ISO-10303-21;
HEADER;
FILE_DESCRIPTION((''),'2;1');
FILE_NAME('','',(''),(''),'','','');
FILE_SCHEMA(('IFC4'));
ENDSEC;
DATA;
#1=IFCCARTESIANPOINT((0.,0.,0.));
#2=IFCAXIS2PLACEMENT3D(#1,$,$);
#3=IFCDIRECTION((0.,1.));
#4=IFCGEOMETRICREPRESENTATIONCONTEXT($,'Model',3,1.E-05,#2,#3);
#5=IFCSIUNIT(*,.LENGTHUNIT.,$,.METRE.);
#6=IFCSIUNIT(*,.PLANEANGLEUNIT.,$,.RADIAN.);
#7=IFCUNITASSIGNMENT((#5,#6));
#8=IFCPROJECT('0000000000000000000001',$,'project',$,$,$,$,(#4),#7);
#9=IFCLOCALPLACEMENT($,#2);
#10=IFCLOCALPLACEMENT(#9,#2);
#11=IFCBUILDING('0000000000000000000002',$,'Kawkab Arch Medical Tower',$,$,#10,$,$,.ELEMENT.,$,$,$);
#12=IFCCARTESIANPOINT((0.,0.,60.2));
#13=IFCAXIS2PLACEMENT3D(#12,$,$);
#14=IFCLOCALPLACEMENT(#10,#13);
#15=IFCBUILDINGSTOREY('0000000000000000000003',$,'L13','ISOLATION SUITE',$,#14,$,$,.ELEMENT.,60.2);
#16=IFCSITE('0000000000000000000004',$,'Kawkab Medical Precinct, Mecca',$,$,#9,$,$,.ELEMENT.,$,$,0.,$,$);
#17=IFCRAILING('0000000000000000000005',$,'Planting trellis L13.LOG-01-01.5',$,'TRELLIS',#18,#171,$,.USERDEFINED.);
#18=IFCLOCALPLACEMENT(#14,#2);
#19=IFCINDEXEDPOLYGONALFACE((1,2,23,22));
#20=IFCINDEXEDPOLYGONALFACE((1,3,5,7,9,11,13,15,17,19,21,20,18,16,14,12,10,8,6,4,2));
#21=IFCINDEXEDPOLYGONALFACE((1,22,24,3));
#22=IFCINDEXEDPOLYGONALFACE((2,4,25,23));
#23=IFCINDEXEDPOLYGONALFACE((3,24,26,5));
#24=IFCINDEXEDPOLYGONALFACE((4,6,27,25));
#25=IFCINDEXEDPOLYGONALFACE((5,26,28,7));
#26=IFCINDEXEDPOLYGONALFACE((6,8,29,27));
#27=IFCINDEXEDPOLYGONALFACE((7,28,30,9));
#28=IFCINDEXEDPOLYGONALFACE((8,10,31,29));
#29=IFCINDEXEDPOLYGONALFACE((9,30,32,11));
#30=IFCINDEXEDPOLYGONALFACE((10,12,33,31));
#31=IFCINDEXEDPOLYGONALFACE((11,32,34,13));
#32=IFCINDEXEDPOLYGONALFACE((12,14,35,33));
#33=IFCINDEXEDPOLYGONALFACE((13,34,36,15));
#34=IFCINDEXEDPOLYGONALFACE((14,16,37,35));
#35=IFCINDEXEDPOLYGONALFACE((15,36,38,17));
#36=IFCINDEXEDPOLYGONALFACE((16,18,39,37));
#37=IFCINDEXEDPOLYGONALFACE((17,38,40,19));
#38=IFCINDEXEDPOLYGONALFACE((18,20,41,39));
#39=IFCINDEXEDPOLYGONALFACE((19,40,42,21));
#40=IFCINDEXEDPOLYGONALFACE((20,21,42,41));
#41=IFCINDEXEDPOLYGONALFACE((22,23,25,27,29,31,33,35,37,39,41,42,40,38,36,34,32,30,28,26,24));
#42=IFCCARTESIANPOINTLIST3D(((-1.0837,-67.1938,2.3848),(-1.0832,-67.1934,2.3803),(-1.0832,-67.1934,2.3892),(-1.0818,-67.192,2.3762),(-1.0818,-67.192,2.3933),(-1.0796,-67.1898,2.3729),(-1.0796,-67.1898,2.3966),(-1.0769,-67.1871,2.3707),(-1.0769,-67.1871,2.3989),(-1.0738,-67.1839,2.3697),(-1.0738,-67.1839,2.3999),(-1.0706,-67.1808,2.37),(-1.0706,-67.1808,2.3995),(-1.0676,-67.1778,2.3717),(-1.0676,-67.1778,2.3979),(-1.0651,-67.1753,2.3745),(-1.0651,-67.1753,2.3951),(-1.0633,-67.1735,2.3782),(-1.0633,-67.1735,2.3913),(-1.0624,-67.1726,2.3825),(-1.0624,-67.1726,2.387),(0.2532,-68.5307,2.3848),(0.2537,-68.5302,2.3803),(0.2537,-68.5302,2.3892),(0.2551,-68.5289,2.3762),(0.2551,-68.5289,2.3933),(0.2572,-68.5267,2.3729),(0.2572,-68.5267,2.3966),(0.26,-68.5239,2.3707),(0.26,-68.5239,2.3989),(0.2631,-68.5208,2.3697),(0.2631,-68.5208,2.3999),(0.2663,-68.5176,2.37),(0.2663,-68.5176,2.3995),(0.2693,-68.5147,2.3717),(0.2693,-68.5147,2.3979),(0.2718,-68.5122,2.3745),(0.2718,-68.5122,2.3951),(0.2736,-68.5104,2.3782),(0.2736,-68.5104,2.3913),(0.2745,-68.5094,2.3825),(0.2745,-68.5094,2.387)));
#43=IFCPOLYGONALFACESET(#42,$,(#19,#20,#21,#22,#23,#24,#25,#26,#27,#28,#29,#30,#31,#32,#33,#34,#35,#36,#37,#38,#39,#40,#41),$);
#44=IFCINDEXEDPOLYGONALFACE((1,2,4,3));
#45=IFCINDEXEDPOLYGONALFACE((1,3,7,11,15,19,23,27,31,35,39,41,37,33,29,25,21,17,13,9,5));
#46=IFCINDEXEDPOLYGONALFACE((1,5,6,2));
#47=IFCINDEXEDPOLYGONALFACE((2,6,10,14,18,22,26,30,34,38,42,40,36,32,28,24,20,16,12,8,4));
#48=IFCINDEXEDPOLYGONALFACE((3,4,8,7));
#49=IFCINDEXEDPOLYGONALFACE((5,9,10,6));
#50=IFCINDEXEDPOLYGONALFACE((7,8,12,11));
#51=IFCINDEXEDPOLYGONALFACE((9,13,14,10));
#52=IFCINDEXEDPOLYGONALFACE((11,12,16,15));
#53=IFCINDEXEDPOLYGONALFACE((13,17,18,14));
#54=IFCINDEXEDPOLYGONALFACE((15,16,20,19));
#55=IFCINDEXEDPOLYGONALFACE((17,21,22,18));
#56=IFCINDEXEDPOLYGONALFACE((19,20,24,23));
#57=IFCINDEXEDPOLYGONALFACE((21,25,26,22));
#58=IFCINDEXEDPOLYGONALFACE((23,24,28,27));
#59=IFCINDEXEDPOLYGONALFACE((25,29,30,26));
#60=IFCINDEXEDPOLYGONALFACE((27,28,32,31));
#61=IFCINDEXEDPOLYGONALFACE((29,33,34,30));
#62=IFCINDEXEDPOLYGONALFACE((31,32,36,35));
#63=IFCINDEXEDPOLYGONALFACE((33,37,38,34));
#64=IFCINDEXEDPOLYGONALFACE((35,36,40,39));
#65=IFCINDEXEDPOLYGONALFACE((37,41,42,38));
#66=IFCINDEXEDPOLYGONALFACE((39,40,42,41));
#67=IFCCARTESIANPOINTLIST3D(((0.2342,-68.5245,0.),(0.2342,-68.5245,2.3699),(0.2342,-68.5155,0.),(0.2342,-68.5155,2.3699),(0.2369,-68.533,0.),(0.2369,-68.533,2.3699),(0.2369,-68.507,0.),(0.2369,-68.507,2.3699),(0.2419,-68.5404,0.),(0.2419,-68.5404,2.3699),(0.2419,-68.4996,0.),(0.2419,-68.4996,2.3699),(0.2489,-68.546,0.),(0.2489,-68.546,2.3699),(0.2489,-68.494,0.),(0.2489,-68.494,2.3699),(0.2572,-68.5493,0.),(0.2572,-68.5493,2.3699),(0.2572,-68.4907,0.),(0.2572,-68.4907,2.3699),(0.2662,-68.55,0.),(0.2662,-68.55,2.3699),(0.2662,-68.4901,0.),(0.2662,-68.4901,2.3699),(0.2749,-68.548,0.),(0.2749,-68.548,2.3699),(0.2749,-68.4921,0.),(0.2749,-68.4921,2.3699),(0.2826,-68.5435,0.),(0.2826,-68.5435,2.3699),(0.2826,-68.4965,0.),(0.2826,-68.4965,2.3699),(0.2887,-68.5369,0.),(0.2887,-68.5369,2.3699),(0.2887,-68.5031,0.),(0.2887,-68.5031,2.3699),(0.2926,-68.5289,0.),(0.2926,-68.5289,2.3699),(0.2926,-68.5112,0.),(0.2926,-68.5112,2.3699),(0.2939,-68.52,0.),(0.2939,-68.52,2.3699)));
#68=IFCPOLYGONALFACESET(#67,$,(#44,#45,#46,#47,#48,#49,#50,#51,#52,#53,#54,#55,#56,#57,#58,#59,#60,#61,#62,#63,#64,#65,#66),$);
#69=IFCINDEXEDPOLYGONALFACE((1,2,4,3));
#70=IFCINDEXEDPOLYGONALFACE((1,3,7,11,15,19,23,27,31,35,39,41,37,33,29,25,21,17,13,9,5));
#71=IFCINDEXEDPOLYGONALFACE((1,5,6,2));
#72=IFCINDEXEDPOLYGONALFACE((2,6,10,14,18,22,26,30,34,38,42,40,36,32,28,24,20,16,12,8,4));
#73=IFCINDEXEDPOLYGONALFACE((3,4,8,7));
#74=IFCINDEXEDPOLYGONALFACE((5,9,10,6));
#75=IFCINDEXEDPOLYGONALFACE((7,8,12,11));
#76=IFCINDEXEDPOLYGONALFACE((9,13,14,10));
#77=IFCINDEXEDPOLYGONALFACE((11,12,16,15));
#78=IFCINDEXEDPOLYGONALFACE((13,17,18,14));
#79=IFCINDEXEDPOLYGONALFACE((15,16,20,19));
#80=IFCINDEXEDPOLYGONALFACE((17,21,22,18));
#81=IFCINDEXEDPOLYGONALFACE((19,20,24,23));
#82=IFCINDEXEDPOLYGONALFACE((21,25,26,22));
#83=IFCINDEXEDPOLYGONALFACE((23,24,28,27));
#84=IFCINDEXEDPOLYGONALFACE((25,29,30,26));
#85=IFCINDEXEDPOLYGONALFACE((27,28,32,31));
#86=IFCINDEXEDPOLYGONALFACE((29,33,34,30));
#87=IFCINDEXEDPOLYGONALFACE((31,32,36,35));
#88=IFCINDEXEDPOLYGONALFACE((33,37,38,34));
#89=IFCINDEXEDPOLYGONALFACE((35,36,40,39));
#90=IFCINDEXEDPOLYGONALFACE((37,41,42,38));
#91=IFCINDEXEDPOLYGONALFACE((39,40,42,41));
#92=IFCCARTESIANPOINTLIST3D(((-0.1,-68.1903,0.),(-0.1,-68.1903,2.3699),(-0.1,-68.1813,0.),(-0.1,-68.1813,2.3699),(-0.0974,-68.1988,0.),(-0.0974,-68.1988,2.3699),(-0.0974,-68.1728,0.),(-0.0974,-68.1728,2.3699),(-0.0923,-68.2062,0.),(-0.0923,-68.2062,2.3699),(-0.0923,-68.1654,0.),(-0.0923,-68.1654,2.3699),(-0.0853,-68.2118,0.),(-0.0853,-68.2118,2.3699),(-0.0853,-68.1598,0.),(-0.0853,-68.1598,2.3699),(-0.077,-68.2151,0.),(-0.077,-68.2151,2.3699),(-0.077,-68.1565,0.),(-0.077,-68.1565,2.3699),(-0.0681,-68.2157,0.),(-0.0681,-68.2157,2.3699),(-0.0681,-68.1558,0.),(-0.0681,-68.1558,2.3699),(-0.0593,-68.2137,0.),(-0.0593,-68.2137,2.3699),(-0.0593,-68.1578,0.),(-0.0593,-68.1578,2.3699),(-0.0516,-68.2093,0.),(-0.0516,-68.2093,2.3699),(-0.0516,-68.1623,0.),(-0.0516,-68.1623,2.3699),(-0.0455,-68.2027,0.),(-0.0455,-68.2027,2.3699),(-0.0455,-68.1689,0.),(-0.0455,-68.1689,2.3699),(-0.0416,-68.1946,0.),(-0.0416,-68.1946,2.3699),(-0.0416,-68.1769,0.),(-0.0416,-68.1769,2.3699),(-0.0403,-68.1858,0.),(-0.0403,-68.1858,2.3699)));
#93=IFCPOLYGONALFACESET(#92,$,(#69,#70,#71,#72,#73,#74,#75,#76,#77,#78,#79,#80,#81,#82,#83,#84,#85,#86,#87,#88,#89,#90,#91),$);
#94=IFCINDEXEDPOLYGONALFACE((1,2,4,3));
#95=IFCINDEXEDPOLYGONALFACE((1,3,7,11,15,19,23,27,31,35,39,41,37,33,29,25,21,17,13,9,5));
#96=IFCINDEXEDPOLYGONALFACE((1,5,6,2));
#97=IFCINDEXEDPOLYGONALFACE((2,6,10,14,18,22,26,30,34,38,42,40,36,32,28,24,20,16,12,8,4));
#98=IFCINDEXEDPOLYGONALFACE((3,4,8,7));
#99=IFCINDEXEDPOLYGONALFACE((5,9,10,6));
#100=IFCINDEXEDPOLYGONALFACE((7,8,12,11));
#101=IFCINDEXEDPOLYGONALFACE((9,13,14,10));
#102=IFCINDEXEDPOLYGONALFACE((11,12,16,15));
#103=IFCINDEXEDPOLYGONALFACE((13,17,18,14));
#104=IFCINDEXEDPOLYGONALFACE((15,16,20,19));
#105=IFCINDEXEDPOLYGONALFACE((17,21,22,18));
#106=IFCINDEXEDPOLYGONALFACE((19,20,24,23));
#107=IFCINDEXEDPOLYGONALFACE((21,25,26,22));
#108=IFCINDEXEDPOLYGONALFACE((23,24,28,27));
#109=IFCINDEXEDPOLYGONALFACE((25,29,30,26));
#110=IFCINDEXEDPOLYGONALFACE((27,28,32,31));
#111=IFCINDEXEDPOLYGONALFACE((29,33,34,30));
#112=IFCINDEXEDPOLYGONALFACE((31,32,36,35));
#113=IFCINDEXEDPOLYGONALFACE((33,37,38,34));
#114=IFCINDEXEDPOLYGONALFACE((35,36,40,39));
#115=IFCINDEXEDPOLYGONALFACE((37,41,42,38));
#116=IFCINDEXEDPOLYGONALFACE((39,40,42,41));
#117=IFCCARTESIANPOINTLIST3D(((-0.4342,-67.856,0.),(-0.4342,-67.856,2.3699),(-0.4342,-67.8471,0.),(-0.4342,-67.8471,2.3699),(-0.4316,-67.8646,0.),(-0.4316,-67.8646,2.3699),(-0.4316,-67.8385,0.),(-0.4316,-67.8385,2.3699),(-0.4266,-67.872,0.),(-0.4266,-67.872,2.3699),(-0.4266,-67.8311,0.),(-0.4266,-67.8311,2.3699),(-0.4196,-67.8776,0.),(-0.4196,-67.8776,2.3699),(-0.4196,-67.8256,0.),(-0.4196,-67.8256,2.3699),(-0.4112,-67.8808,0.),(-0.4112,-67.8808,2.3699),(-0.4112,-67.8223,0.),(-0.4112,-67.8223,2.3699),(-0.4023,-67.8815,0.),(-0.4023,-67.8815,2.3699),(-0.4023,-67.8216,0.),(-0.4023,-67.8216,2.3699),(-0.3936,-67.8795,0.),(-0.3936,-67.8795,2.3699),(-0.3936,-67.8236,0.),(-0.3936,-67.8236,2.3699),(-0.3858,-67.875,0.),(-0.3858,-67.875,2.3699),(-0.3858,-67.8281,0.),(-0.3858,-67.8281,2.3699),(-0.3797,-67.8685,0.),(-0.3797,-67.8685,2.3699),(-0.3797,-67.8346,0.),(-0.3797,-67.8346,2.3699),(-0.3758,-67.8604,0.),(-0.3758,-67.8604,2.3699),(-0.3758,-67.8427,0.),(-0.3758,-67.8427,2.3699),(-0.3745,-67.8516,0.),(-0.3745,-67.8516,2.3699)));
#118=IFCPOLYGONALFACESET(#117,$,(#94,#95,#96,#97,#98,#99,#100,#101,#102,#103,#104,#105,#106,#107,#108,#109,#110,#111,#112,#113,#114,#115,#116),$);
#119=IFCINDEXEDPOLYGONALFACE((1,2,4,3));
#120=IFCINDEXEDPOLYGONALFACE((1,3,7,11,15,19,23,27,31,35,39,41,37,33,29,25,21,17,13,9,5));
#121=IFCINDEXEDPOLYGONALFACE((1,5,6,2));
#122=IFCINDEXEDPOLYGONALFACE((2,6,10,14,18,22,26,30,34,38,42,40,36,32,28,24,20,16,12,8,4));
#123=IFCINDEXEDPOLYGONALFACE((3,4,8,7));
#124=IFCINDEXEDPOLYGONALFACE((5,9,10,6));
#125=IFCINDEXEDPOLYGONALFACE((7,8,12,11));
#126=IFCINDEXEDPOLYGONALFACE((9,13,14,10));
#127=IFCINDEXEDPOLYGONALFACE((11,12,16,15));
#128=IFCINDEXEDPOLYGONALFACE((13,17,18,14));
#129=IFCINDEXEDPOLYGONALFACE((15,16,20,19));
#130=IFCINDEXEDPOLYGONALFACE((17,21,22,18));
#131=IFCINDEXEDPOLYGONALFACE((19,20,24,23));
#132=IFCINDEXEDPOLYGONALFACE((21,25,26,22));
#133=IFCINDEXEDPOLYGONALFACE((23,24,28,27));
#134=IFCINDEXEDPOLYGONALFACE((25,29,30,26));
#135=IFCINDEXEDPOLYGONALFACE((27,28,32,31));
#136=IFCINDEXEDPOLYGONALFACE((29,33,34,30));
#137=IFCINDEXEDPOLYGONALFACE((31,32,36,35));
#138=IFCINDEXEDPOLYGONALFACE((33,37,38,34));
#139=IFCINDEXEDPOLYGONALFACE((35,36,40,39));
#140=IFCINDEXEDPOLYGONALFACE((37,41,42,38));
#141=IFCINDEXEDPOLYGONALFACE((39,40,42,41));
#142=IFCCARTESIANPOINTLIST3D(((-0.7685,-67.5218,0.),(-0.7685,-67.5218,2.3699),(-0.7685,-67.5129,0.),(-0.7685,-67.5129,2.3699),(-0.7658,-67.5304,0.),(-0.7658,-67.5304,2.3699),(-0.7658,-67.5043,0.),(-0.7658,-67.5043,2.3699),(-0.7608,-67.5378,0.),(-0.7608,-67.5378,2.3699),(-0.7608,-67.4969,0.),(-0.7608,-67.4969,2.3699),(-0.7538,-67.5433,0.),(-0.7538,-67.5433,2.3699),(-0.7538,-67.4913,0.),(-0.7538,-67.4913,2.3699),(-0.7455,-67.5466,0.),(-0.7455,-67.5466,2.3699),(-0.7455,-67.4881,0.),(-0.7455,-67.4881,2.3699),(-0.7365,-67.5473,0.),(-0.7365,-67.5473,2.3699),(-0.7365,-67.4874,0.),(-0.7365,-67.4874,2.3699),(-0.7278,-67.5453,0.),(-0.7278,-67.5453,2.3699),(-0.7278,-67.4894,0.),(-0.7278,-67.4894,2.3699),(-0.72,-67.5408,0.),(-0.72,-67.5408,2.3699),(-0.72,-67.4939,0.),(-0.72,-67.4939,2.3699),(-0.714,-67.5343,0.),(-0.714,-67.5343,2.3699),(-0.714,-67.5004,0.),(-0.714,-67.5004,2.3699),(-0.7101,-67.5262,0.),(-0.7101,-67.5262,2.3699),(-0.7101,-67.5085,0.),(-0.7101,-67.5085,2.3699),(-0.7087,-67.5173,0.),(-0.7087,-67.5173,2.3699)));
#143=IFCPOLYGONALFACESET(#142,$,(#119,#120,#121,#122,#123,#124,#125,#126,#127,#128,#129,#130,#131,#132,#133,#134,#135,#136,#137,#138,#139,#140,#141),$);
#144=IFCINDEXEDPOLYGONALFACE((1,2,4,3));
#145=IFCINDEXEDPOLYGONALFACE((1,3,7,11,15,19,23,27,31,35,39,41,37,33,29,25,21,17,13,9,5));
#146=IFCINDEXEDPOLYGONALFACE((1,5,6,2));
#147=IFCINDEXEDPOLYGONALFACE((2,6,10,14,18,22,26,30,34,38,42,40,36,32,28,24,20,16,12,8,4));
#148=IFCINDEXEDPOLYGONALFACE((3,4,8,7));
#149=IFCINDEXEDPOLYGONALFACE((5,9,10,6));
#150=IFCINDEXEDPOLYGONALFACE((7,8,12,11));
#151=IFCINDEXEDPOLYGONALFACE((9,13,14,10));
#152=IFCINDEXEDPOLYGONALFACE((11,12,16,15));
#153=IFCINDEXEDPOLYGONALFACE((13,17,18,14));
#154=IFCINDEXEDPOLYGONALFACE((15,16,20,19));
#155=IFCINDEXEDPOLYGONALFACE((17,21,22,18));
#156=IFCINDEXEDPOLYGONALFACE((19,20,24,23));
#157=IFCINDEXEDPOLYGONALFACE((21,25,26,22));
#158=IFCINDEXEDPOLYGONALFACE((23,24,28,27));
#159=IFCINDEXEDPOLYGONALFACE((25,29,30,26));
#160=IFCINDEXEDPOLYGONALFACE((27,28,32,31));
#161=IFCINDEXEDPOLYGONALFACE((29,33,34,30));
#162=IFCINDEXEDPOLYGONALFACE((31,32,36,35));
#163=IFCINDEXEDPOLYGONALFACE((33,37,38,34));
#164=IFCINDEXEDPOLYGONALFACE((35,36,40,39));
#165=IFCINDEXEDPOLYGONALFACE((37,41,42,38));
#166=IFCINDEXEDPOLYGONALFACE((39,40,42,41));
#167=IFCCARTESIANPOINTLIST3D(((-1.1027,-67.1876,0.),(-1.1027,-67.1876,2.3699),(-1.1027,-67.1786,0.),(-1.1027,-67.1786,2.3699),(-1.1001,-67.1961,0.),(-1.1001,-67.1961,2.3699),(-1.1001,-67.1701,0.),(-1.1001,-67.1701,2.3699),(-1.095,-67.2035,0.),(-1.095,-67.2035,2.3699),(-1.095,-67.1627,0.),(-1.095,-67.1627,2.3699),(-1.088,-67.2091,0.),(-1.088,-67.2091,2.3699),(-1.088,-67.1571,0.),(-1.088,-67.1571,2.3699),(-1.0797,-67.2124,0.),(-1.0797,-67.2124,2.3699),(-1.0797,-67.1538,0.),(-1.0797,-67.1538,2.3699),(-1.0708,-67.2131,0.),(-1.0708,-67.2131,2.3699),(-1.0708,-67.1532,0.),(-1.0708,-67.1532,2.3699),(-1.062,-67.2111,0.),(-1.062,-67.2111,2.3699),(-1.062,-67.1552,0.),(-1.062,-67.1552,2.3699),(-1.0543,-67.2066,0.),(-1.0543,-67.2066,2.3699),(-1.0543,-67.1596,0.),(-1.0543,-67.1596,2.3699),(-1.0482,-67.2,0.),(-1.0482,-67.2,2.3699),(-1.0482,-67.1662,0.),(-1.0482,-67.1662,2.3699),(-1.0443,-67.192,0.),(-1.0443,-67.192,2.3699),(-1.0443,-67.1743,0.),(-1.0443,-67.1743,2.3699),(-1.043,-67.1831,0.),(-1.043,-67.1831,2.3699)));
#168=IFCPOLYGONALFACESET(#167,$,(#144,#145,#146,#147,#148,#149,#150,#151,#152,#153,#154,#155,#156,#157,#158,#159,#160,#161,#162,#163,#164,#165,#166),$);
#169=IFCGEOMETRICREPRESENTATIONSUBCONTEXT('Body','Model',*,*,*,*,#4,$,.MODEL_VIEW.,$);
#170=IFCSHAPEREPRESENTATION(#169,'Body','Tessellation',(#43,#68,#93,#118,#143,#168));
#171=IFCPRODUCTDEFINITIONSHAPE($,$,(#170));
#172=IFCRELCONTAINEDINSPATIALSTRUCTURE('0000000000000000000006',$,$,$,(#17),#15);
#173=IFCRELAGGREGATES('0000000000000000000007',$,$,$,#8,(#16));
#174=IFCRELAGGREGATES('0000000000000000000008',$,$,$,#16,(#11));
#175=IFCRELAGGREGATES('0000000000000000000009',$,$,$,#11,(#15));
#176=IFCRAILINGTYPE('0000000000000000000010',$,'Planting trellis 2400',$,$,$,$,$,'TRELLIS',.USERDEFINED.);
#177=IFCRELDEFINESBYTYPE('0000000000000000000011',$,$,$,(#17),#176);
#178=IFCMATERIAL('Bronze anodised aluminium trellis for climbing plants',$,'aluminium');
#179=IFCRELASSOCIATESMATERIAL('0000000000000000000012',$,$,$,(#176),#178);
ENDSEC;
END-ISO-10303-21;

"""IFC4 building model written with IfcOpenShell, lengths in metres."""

from ifc_helpers import new_model, si_unit, direction, frame, origin, origin_2d, place, context, subcontext, project, spatial, circle, extrude, material, type_object, element, save


model = new_model("IFC4")

# Units and contexts
model_context = context("Model", 3, precision=1e-05, world=origin(), true_north=direction((0.0, 1.0)))
body_context = subcontext(model_context, "Body", "Model", "MODEL_VIEW")
ifc_project = project(units=[si_unit("LENGTHUNIT", "METRE"), si_unit("PLANEANGLEUNIT", "RADIAN")], contexts=[model_context])

# Site, building, storey
site_placement = place(None, origin())
site = spatial("IfcSite", under=ifc_project, at=site_placement, Name="Kawkab Medical Precinct, Mecca", CompositionType="ELEMENT", RefElevation=0.0)
building_placement = place(site_placement, origin())
building = spatial("IfcBuilding", under=site, at=building_placement, Name="Kawkab Arch Medical Tower", CompositionType="ELEMENT")
storey_placement = place(building_placement, frame((0.0, 0.0, 60.2)))
storey = spatial("IfcBuildingStorey", under=building, at=storey_placement, Name="L13", Description="ISOLATION SUITE", CompositionType="ELEMENT", Elevation=60.2)

# Railing
ifc_material_1 = material(Name="Bronze anodised aluminium trellis for climbing plants", Category="aluminium")
railing_type_1 = type_object("IfcRailingType", Name="Planting trellis 2400", ElementType="TRELLIS", PredefinedType="USERDEFINED", material=ifc_material_1)
railing_1_placement = place(storey_placement, frame((0.2639, -68.52, 0.0)))
element("IfcRailing", 1, at=railing_1_placement, inside=storey, type_object=railing_type_1, Name="Planting trellis L13.LOG-01-01.5", ObjectType="TRELLIS", PredefinedType="USERDEFINED", context=body_context, shape_type="SweptSolid", body=[
    extrude(circle(Radius=0.0151, at=origin_2d()), frame((0.0, 0.0, 2.3848), z_axis=(-0.707107, 0.707107, 0.0), x_axis=(-0.707107, -0.707107, 0.0)), (0.0, 0.0, 1.0), 1.8906),
    extrude(circle(Radius=0.03, at=origin_2d()), origin(), (0.0, 0.0, 1.0), 2.3699),
    extrude(circle(Radius=0.03, at=origin_2d()), frame((-0.3342, 0.3342, 0.0)), (0.0, 0.0, 1.0), 2.3699),
    extrude(circle(Radius=0.03, at=origin_2d()), frame((-0.6685, 0.6685, 0.0)), (0.0, 0.0, 1.0), 2.3699),
    extrude(circle(Radius=0.03, at=origin_2d()), frame((-1.0027, 1.0027, 0.0)), (0.0, 0.0, 1.0), 2.3699),
    extrude(circle(Radius=0.03, at=origin_2d()), frame((-1.3369, 1.3369, 0.0)), (0.0, 0.0, 1.0), 2.3699),
])

save(model, "model.ifc")
